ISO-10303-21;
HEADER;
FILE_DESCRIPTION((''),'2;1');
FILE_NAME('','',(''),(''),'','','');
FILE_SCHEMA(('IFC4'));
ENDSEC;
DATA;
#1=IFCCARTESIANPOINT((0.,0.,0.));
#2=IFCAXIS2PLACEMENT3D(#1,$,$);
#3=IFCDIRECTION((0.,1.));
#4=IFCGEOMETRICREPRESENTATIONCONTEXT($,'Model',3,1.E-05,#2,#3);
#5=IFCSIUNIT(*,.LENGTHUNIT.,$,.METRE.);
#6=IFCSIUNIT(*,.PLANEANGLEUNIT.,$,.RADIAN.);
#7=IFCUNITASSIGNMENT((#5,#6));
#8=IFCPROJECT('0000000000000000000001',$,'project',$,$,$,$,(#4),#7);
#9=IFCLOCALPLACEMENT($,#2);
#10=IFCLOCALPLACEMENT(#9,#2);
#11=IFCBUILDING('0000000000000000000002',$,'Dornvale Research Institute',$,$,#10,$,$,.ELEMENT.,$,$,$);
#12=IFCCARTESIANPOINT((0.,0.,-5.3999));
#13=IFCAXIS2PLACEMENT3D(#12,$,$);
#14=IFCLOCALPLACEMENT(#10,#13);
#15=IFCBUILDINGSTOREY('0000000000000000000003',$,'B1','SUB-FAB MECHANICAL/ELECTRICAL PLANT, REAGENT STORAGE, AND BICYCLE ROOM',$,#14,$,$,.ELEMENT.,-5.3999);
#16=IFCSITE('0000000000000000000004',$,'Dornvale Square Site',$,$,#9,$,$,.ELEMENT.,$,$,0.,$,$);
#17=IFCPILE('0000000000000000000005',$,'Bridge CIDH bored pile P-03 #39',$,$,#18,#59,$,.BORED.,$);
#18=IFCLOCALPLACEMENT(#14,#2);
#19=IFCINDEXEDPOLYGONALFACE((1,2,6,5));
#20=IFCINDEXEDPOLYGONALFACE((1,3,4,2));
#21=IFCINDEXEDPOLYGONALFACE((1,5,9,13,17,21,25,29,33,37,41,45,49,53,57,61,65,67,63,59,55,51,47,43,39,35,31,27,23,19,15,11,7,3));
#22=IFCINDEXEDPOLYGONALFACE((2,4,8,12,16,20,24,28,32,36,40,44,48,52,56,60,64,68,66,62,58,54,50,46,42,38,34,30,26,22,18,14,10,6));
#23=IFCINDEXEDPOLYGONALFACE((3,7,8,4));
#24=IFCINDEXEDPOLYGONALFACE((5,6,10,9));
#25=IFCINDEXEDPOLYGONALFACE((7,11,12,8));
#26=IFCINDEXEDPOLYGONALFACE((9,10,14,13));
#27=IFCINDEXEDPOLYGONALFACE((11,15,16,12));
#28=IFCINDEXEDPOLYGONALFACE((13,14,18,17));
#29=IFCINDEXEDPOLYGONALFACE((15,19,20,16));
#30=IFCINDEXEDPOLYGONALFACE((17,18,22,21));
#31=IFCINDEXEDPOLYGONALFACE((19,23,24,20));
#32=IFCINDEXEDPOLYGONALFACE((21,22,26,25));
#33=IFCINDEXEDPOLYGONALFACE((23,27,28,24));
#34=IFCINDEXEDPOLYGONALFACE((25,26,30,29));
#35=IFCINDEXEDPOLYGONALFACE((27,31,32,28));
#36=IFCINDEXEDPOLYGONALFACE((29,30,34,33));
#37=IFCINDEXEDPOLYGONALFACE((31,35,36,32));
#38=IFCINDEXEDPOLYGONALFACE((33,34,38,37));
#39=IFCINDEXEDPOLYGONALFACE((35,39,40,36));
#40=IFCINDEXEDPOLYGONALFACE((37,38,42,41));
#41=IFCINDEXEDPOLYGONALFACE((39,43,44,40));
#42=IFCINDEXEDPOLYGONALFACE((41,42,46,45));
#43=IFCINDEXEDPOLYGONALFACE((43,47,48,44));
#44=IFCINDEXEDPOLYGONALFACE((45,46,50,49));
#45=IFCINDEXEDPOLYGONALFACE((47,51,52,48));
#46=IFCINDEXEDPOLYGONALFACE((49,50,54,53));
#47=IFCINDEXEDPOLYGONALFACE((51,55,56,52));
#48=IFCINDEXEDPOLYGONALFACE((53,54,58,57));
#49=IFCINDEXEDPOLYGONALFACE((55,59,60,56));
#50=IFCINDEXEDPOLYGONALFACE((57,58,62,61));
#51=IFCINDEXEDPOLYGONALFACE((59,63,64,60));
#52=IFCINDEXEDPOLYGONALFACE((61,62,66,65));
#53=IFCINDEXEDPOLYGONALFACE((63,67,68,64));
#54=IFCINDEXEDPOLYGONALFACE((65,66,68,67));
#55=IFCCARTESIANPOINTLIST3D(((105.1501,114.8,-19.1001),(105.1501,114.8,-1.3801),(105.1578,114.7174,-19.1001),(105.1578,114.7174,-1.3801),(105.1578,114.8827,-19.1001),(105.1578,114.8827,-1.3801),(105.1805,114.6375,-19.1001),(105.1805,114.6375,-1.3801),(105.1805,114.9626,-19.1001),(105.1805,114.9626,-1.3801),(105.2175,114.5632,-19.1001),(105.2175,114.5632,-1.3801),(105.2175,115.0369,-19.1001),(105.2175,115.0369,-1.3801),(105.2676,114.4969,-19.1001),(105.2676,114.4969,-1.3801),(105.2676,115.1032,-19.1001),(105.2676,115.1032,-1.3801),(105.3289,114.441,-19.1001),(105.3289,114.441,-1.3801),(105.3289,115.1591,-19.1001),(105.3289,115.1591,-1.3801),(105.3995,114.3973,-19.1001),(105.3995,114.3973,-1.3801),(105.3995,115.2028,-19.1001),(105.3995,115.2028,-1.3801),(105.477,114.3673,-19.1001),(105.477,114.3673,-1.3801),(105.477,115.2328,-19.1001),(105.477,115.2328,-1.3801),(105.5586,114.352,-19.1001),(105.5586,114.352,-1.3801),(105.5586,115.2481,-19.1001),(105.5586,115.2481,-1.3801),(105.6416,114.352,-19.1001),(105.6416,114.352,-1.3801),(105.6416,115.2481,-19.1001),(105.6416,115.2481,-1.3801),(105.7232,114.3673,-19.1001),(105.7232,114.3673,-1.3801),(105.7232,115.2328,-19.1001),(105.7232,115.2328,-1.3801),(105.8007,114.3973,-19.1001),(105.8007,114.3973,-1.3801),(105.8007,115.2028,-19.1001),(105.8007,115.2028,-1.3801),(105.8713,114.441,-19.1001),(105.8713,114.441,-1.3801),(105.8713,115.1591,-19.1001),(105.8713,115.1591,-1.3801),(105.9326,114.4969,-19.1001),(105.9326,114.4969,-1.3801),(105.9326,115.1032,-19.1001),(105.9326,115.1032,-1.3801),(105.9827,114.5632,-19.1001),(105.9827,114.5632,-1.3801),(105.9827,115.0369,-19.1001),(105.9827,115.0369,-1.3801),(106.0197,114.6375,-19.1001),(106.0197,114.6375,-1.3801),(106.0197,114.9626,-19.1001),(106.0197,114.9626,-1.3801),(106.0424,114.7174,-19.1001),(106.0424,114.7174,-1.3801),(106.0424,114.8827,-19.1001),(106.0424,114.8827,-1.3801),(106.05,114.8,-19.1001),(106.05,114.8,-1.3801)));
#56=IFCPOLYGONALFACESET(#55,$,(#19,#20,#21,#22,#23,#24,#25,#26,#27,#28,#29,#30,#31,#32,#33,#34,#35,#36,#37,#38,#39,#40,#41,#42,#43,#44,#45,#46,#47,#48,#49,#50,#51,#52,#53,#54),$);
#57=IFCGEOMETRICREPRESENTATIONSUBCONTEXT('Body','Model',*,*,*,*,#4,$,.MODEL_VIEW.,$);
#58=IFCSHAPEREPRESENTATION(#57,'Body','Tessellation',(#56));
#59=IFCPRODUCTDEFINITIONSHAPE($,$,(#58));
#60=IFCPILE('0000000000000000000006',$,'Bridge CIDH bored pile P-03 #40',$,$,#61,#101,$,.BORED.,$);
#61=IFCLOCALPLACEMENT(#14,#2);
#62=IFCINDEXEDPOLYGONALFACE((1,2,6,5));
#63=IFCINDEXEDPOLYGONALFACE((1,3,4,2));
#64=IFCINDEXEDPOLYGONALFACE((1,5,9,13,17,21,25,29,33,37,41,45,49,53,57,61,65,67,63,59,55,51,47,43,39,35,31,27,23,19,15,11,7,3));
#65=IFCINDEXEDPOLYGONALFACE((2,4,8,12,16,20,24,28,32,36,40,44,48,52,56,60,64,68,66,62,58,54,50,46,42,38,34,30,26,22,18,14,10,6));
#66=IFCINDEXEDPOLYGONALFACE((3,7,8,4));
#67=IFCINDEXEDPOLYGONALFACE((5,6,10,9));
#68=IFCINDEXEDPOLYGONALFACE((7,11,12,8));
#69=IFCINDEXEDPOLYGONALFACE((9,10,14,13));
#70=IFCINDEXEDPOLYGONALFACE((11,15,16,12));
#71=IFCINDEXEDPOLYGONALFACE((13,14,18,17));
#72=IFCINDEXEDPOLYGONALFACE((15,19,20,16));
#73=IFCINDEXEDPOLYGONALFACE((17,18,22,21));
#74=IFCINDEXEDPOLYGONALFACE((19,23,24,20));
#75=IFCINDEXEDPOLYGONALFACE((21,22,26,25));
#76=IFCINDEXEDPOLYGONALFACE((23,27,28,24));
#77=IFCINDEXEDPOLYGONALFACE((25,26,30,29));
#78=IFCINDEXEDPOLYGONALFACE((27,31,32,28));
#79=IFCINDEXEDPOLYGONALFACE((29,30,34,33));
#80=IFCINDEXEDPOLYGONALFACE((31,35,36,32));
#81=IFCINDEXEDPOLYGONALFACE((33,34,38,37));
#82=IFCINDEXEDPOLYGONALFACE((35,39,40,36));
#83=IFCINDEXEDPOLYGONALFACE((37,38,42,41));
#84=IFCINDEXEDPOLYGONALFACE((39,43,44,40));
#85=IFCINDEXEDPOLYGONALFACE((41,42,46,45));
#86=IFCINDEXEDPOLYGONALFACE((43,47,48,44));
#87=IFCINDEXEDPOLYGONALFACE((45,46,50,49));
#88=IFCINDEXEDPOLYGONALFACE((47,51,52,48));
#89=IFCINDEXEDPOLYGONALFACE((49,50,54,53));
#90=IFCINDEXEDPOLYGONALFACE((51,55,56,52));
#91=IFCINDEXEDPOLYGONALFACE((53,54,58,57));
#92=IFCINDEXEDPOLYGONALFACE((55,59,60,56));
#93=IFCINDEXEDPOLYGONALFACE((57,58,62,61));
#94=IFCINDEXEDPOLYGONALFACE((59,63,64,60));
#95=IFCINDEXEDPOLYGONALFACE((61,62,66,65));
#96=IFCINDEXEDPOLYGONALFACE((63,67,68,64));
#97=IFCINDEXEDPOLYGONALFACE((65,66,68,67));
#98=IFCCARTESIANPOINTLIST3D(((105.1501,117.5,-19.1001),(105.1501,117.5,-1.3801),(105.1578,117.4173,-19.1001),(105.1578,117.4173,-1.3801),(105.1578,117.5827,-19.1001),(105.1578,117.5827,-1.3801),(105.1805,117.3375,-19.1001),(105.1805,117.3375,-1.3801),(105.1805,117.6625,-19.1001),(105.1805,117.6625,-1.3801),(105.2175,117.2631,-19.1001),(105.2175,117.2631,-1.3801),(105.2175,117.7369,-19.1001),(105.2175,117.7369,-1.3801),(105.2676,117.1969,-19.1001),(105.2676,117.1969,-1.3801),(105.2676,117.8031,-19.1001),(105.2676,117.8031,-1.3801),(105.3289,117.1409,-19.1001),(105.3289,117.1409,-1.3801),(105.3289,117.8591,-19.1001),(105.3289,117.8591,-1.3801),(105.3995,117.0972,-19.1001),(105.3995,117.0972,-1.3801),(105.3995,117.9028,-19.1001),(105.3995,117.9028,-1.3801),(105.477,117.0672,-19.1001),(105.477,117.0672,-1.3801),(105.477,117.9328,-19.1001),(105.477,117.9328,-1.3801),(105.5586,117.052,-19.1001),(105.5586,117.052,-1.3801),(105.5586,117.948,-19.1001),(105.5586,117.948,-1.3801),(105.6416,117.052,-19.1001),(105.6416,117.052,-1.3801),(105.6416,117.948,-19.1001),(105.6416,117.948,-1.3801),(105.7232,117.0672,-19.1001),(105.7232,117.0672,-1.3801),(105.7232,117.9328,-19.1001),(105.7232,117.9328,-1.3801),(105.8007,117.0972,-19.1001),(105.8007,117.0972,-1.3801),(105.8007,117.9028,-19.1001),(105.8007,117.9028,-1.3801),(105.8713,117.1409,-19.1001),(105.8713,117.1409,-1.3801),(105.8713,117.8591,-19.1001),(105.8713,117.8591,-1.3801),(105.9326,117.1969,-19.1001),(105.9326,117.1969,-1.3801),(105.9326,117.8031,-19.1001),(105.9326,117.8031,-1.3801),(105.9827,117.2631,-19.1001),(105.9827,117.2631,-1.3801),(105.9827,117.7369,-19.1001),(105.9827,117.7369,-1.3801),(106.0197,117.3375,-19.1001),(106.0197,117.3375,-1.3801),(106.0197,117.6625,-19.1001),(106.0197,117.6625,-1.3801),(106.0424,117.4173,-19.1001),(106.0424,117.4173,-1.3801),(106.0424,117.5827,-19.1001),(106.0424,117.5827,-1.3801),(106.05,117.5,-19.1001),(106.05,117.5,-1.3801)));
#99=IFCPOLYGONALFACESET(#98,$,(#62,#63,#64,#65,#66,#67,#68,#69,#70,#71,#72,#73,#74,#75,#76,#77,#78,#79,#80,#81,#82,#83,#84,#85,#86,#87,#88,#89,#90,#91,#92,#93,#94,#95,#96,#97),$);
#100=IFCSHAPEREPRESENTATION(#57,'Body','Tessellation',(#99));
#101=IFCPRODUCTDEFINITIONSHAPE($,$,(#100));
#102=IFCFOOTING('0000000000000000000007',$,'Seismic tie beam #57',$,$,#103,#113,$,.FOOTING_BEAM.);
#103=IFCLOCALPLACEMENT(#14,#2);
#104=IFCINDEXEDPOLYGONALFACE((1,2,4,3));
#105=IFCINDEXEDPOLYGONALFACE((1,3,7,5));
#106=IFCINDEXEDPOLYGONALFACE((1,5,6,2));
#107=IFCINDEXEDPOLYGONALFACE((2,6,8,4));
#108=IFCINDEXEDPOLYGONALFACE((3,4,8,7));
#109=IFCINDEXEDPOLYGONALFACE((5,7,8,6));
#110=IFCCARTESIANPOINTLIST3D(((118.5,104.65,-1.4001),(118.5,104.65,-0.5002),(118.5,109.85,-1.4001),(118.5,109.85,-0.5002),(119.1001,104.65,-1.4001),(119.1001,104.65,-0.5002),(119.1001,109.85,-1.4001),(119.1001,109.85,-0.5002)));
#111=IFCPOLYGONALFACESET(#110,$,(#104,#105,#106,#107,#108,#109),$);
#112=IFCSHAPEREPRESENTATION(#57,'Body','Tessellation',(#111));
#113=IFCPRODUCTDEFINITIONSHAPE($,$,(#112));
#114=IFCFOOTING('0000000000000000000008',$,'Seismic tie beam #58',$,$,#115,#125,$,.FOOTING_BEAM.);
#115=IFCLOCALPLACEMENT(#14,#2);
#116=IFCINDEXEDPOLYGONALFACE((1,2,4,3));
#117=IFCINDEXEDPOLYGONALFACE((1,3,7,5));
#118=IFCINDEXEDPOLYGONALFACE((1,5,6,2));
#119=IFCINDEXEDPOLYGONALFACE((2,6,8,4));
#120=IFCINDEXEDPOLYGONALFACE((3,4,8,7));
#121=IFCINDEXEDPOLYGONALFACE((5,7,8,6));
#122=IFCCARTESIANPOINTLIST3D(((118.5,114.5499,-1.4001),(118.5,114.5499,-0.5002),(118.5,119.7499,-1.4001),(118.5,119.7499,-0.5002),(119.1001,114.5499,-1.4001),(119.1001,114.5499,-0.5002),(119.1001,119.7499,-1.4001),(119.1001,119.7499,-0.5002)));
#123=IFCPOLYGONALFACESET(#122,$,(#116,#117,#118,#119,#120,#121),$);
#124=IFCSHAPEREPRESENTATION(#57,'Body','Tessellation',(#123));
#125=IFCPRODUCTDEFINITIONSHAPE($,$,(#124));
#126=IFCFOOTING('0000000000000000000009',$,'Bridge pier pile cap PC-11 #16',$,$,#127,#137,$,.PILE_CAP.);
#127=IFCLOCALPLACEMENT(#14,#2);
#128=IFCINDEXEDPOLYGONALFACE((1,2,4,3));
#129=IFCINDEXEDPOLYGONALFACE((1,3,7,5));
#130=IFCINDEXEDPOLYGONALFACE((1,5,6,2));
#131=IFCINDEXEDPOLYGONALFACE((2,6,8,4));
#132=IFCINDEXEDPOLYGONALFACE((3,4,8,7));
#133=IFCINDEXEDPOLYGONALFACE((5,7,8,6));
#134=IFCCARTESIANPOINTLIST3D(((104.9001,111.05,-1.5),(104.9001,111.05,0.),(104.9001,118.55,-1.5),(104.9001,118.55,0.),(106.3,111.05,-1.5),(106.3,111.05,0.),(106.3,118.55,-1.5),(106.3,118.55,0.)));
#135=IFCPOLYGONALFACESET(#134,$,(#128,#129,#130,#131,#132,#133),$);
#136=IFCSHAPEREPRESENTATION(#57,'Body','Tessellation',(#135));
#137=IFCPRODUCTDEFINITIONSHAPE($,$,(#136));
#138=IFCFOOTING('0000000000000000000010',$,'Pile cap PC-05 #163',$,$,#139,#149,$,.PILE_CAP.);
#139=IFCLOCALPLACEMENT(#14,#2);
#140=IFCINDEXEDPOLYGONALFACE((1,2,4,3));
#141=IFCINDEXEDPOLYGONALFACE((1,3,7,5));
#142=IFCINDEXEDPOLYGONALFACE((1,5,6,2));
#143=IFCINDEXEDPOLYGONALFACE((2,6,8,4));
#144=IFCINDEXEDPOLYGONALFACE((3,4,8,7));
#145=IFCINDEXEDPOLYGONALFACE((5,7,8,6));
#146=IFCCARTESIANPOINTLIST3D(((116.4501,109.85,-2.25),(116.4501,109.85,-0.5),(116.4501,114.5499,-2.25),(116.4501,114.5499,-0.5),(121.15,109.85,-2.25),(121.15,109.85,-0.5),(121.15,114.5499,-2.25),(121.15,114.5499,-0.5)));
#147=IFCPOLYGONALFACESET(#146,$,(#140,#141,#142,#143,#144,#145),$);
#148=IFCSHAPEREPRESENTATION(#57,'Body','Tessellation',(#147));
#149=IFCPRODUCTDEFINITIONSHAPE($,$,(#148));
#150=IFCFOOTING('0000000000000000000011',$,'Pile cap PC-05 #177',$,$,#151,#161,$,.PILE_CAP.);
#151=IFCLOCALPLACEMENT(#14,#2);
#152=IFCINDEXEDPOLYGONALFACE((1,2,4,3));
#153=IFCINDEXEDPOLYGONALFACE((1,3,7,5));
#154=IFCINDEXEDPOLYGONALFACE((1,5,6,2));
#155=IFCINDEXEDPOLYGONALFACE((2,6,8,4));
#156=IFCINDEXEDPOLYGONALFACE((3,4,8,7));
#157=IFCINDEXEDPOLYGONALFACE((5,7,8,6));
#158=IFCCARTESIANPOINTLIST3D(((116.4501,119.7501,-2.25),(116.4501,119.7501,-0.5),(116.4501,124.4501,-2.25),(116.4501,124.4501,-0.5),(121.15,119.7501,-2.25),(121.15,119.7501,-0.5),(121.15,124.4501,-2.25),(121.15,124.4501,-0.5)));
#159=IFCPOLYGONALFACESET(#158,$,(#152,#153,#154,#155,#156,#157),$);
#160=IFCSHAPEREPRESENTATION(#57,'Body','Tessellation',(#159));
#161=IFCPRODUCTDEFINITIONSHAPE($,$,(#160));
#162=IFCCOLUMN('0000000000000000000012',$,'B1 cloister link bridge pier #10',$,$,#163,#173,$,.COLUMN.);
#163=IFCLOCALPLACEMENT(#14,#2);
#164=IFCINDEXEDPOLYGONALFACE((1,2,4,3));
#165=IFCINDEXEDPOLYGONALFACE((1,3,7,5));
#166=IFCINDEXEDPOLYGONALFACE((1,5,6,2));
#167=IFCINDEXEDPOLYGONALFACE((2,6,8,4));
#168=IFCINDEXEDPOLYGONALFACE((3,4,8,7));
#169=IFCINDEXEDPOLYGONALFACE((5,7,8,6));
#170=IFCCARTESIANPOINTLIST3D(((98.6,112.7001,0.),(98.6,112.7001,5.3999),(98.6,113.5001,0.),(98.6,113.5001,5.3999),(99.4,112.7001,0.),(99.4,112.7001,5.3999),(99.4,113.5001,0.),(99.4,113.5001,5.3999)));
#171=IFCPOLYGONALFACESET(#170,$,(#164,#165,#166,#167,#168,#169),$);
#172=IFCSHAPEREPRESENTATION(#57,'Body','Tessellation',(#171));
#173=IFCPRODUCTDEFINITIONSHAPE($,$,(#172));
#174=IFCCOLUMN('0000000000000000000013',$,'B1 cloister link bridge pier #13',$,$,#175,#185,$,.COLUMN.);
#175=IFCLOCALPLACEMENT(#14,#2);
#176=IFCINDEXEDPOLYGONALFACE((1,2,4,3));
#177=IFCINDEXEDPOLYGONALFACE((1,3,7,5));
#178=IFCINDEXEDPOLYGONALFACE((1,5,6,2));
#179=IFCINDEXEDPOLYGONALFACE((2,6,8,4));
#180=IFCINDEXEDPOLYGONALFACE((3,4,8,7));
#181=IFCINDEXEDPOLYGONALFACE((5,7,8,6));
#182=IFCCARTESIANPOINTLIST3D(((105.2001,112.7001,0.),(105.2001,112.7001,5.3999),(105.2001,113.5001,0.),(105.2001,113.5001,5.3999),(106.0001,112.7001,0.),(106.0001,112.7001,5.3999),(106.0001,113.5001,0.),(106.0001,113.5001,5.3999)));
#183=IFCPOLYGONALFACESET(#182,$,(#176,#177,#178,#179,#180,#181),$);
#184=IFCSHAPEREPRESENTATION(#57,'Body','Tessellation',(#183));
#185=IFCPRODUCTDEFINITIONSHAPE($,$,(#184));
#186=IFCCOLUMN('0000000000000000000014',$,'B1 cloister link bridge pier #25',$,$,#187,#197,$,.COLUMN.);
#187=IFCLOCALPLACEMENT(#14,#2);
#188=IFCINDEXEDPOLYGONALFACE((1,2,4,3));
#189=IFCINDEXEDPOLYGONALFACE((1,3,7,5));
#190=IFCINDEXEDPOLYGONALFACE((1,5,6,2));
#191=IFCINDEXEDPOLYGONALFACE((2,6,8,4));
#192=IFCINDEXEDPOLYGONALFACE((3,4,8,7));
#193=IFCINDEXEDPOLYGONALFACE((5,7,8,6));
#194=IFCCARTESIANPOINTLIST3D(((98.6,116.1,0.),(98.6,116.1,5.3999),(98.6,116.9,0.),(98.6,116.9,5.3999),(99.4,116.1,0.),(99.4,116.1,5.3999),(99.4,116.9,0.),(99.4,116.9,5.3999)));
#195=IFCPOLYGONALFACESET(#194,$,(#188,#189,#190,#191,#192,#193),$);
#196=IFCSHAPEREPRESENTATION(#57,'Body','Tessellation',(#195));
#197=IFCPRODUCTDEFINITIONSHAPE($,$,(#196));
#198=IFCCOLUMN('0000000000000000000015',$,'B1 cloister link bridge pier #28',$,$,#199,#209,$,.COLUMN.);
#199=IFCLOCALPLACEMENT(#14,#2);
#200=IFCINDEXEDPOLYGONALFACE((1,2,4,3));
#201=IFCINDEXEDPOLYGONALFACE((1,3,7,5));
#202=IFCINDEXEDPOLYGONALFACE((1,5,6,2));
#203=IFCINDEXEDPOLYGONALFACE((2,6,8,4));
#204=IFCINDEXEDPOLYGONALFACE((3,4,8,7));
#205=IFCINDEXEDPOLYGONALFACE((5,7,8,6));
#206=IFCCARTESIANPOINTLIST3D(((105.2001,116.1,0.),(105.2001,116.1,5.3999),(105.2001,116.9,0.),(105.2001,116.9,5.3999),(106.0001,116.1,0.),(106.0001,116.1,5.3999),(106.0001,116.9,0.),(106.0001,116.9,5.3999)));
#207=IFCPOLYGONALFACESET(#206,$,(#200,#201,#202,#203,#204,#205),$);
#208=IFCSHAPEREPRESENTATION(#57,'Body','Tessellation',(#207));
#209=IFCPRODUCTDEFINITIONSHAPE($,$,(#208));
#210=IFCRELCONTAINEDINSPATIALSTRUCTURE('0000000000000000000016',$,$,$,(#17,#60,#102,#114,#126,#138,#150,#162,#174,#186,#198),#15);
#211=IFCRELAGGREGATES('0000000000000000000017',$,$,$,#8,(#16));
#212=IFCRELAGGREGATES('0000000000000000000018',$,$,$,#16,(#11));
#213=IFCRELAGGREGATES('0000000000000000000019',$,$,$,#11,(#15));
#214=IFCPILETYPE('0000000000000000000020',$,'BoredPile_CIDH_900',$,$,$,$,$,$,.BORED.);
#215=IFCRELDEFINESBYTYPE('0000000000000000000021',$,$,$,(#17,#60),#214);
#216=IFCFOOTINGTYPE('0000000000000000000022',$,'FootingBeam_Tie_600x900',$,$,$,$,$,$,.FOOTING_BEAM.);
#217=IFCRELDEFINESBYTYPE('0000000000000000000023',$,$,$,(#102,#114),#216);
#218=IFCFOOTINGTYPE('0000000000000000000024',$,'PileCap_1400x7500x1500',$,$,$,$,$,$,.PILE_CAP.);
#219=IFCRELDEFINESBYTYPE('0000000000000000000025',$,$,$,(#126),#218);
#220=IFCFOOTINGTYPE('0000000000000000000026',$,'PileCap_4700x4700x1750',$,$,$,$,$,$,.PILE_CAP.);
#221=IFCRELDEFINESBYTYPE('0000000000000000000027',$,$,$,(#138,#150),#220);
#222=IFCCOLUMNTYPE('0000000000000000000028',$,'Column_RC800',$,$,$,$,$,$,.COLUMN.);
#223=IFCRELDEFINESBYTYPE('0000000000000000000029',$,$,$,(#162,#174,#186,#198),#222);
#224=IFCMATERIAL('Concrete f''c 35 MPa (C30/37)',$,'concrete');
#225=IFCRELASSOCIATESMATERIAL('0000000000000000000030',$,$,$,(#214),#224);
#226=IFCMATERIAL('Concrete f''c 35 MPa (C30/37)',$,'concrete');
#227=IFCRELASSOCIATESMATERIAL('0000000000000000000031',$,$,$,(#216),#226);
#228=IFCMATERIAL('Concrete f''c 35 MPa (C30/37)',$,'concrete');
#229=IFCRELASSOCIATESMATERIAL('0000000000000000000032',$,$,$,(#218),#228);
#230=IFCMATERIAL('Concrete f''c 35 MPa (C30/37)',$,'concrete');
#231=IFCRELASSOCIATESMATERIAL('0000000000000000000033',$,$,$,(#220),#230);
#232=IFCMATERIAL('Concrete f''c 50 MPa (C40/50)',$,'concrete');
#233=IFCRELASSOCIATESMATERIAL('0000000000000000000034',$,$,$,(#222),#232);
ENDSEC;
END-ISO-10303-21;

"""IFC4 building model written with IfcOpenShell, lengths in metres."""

from ifc_helpers import new_model, si_unit, direction, frame, origin, origin_2d, place, context, subcontext, project, spatial, rectangle, circle, extrude, material, material_profile, profile_set, type_object, element, save


model = new_model("IFC4")

# Units and contexts
model_context = context("Model", 3, precision=1e-05, world=origin(), true_north=direction((0.0, 1.0)))
body_context = subcontext(model_context, "Body", "Model", "MODEL_VIEW")
ifc_project = project(units=[si_unit("LENGTHUNIT", "METRE"), si_unit("PLANEANGLEUNIT", "RADIAN")], contexts=[model_context])

# Site, building, storey
site_placement = place(None, origin())
site = spatial("IfcSite", under=ifc_project, at=site_placement, Name="Dornvale Square Site", CompositionType="ELEMENT", RefElevation=0.0)
building_placement = place(site_placement, origin())
building = spatial("IfcBuilding", under=site, at=building_placement, Name="Dornvale Research Institute", CompositionType="ELEMENT")
storey_placement = place(building_placement, frame((0.0, 0.0, -5.3999)))
storey = spatial("IfcBuildingStorey", under=building, at=storey_placement, Name="B1", Description="SUB-FAB MECHANICAL/ELECTRICAL PLANT, REAGENT STORAGE, AND BICYCLE ROOM", CompositionType="ELEMENT", Elevation=-5.3999)

# Piles
ifc_material_1 = material(Name="Concrete f'c 35 MPa (C30/37)", Category="concrete")
ifc_material_profile_1 = material_profile(ifc_material_1, circle(Radius=0.45, at=origin_2d()), Name="CIDH PILE D900")
ifc_profile_set_1 = profile_set([ifc_material_profile_1], Name="Concrete f'c 35 MPa (C30/37)")
pile_type_1 = type_object("IfcPileType", Name="BoredPile_CIDH_900", PredefinedType="BORED", material=ifc_profile_set_1)
for number, where, z_axis, x_axis, name in (
    (1, (105.6001, 114.8, -1.3801), (0.0, 0.0, -1.0), (1.0, 0.0, 0.0), "Bridge CIDH bored pile P-03 #39"),
    (2, (105.6001, 117.5, -1.3801), (0.0, 0.0, -1.0), (1.0, 0.0, 0.0), "Bridge CIDH bored pile P-03 #40"),
):
    element("IfcPile", number, at=place(storey_placement, frame(where, z_axis=z_axis, x_axis=x_axis)), inside=storey, type_object=pile_type_1, Name=name, PredefinedType="BORED", context=body_context, shape_type="SweptSolid", body=[
        extrude(circle(Radius=0.45, at=origin_2d()), origin(), (0.0, 0.0, 1.0), 17.72),
    ])

# Footings
ifc_material_2 = material(Name="Concrete f'c 35 MPa (C30/37)", Category="concrete")
footing_type_1 = type_object("IfcFootingType", Name="FootingBeam_Tie_600x900", PredefinedType="FOOTING_BEAM", material=ifc_material_2)
for number, where, z_axis, x_axis, name in (
    (3, (118.8, 107.25, -1.4001), (0.0, 0.0, 1.0), (0.0, 1.0, 0.0), "Seismic tie beam #57"),
    (4, (118.8, 117.1499, -1.4001), (0.0, 0.0, 1.0), (0.0, 1.0, 0.0), "Seismic tie beam #58"),
):
    element("IfcFooting", number, at=place(storey_placement, frame(where, z_axis=z_axis, x_axis=x_axis)), inside=storey, type_object=footing_type_1, Name=name, PredefinedType="FOOTING_BEAM", context=body_context, shape_type="SweptSolid", body=[
        extrude(rectangle(XDim=5.2, YDim=0.6001, at=origin_2d()), origin(), (0.0, 0.0, 1.0), 0.8999),
    ])
ifc_material_3 = material(Name="Concrete f'c 35 MPa (C30/37)", Category="concrete")
footing_type_2 = type_object("IfcFootingType", Name="PileCap_1400x7500x1500", PredefinedType="PILE_CAP", material=ifc_material_3)
footing_placement = place(storey_placement, frame((105.6001, 114.8, -1.5), z_axis=(0.0, 0.0, 1.0), x_axis=(1.0, 0.0, 0.0)))
element("IfcFooting", 5, at=footing_placement, inside=storey, type_object=footing_type_2, Name="Bridge pier pile cap PC-11 #16", PredefinedType="PILE_CAP", context=body_context, shape_type="SweptSolid", body=[
    extrude(rectangle(XDim=1.3999, YDim=7.5, at=origin_2d()), origin(), (0.0, 0.0, 1.0), 1.5),
])
ifc_material_4 = material(Name="Concrete f'c 35 MPa (C30/37)", Category="concrete")
footing_type_3 = type_object("IfcFootingType", Name="PileCap_4700x4700x1750", PredefinedType="PILE_CAP", material=ifc_material_4)
for number, where, z_axis, x_axis, name in (
    (6, (118.8, 112.2, -2.25), (0.0, 0.0, 1.0), (1.0, 0.0, 0.0), "Pile cap PC-05 #163"),
    (7, (118.8, 122.1001, -2.25), (0.0, 0.0, 1.0), (1.0, 0.0, 0.0), "Pile cap PC-05 #177"),
):
    element("IfcFooting", number, at=place(storey_placement, frame(where, z_axis=z_axis, x_axis=x_axis)), inside=storey, type_object=footing_type_3, Name=name, PredefinedType="PILE_CAP", context=body_context, shape_type="SweptSolid", body=[
        extrude(rectangle(XDim=4.7, YDim=4.7, at=origin_2d()), origin(), (0.0, 0.0, 1.0), 1.75),
    ])

# Columns
ifc_material_5 = material(Name="Concrete f'c 50 MPa (C40/50)", Category="concrete")
ifc_material_profile_2 = material_profile(ifc_material_5, rectangle(XDim=0.8, YDim=0.8, at=origin_2d()), Name="RC 800x800")
ifc_profile_set_2 = profile_set([ifc_material_profile_2], Name="Concrete f'c 50 MPa (C40/50)")
column_type_1 = type_object("IfcColumnType", Name="Column_RC800", PredefinedType="COLUMN", material=ifc_profile_set_2)
for number, where, z_axis, x_axis, name in (
    (8, (99.0, 113.1001, 0.0), (0.0, 0.0, 1.0), (1.0, 0.0, 0.0), "B1 cloister link bridge pier #10"),
    (9, (105.6001, 113.1001, 0.0), (0.0, 0.0, 1.0), (1.0, 0.0, 0.0), "B1 cloister link bridge pier #13"),
    (10, (99.0, 116.5, 0.0), (0.0, 0.0, 1.0), (1.0, 0.0, 0.0), "B1 cloister link bridge pier #25"),
    (11, (105.6001, 116.5, 0.0), (0.0, 0.0, 1.0), (1.0, 0.0, 0.0), "B1 cloister link bridge pier #28"),
):
    element("IfcColumn", number, at=place(storey_placement, frame(where, z_axis=z_axis, x_axis=x_axis)), inside=storey, type_object=column_type_1, Name=name, PredefinedType="COLUMN", context=body_context, shape_type="SweptSolid", body=[
        extrude(rectangle(XDim=0.8, YDim=0.8, at=origin_2d()), origin(), (0.0, 0.0, 1.0), 5.3999),
    ])

save(model, "model.ifc")
